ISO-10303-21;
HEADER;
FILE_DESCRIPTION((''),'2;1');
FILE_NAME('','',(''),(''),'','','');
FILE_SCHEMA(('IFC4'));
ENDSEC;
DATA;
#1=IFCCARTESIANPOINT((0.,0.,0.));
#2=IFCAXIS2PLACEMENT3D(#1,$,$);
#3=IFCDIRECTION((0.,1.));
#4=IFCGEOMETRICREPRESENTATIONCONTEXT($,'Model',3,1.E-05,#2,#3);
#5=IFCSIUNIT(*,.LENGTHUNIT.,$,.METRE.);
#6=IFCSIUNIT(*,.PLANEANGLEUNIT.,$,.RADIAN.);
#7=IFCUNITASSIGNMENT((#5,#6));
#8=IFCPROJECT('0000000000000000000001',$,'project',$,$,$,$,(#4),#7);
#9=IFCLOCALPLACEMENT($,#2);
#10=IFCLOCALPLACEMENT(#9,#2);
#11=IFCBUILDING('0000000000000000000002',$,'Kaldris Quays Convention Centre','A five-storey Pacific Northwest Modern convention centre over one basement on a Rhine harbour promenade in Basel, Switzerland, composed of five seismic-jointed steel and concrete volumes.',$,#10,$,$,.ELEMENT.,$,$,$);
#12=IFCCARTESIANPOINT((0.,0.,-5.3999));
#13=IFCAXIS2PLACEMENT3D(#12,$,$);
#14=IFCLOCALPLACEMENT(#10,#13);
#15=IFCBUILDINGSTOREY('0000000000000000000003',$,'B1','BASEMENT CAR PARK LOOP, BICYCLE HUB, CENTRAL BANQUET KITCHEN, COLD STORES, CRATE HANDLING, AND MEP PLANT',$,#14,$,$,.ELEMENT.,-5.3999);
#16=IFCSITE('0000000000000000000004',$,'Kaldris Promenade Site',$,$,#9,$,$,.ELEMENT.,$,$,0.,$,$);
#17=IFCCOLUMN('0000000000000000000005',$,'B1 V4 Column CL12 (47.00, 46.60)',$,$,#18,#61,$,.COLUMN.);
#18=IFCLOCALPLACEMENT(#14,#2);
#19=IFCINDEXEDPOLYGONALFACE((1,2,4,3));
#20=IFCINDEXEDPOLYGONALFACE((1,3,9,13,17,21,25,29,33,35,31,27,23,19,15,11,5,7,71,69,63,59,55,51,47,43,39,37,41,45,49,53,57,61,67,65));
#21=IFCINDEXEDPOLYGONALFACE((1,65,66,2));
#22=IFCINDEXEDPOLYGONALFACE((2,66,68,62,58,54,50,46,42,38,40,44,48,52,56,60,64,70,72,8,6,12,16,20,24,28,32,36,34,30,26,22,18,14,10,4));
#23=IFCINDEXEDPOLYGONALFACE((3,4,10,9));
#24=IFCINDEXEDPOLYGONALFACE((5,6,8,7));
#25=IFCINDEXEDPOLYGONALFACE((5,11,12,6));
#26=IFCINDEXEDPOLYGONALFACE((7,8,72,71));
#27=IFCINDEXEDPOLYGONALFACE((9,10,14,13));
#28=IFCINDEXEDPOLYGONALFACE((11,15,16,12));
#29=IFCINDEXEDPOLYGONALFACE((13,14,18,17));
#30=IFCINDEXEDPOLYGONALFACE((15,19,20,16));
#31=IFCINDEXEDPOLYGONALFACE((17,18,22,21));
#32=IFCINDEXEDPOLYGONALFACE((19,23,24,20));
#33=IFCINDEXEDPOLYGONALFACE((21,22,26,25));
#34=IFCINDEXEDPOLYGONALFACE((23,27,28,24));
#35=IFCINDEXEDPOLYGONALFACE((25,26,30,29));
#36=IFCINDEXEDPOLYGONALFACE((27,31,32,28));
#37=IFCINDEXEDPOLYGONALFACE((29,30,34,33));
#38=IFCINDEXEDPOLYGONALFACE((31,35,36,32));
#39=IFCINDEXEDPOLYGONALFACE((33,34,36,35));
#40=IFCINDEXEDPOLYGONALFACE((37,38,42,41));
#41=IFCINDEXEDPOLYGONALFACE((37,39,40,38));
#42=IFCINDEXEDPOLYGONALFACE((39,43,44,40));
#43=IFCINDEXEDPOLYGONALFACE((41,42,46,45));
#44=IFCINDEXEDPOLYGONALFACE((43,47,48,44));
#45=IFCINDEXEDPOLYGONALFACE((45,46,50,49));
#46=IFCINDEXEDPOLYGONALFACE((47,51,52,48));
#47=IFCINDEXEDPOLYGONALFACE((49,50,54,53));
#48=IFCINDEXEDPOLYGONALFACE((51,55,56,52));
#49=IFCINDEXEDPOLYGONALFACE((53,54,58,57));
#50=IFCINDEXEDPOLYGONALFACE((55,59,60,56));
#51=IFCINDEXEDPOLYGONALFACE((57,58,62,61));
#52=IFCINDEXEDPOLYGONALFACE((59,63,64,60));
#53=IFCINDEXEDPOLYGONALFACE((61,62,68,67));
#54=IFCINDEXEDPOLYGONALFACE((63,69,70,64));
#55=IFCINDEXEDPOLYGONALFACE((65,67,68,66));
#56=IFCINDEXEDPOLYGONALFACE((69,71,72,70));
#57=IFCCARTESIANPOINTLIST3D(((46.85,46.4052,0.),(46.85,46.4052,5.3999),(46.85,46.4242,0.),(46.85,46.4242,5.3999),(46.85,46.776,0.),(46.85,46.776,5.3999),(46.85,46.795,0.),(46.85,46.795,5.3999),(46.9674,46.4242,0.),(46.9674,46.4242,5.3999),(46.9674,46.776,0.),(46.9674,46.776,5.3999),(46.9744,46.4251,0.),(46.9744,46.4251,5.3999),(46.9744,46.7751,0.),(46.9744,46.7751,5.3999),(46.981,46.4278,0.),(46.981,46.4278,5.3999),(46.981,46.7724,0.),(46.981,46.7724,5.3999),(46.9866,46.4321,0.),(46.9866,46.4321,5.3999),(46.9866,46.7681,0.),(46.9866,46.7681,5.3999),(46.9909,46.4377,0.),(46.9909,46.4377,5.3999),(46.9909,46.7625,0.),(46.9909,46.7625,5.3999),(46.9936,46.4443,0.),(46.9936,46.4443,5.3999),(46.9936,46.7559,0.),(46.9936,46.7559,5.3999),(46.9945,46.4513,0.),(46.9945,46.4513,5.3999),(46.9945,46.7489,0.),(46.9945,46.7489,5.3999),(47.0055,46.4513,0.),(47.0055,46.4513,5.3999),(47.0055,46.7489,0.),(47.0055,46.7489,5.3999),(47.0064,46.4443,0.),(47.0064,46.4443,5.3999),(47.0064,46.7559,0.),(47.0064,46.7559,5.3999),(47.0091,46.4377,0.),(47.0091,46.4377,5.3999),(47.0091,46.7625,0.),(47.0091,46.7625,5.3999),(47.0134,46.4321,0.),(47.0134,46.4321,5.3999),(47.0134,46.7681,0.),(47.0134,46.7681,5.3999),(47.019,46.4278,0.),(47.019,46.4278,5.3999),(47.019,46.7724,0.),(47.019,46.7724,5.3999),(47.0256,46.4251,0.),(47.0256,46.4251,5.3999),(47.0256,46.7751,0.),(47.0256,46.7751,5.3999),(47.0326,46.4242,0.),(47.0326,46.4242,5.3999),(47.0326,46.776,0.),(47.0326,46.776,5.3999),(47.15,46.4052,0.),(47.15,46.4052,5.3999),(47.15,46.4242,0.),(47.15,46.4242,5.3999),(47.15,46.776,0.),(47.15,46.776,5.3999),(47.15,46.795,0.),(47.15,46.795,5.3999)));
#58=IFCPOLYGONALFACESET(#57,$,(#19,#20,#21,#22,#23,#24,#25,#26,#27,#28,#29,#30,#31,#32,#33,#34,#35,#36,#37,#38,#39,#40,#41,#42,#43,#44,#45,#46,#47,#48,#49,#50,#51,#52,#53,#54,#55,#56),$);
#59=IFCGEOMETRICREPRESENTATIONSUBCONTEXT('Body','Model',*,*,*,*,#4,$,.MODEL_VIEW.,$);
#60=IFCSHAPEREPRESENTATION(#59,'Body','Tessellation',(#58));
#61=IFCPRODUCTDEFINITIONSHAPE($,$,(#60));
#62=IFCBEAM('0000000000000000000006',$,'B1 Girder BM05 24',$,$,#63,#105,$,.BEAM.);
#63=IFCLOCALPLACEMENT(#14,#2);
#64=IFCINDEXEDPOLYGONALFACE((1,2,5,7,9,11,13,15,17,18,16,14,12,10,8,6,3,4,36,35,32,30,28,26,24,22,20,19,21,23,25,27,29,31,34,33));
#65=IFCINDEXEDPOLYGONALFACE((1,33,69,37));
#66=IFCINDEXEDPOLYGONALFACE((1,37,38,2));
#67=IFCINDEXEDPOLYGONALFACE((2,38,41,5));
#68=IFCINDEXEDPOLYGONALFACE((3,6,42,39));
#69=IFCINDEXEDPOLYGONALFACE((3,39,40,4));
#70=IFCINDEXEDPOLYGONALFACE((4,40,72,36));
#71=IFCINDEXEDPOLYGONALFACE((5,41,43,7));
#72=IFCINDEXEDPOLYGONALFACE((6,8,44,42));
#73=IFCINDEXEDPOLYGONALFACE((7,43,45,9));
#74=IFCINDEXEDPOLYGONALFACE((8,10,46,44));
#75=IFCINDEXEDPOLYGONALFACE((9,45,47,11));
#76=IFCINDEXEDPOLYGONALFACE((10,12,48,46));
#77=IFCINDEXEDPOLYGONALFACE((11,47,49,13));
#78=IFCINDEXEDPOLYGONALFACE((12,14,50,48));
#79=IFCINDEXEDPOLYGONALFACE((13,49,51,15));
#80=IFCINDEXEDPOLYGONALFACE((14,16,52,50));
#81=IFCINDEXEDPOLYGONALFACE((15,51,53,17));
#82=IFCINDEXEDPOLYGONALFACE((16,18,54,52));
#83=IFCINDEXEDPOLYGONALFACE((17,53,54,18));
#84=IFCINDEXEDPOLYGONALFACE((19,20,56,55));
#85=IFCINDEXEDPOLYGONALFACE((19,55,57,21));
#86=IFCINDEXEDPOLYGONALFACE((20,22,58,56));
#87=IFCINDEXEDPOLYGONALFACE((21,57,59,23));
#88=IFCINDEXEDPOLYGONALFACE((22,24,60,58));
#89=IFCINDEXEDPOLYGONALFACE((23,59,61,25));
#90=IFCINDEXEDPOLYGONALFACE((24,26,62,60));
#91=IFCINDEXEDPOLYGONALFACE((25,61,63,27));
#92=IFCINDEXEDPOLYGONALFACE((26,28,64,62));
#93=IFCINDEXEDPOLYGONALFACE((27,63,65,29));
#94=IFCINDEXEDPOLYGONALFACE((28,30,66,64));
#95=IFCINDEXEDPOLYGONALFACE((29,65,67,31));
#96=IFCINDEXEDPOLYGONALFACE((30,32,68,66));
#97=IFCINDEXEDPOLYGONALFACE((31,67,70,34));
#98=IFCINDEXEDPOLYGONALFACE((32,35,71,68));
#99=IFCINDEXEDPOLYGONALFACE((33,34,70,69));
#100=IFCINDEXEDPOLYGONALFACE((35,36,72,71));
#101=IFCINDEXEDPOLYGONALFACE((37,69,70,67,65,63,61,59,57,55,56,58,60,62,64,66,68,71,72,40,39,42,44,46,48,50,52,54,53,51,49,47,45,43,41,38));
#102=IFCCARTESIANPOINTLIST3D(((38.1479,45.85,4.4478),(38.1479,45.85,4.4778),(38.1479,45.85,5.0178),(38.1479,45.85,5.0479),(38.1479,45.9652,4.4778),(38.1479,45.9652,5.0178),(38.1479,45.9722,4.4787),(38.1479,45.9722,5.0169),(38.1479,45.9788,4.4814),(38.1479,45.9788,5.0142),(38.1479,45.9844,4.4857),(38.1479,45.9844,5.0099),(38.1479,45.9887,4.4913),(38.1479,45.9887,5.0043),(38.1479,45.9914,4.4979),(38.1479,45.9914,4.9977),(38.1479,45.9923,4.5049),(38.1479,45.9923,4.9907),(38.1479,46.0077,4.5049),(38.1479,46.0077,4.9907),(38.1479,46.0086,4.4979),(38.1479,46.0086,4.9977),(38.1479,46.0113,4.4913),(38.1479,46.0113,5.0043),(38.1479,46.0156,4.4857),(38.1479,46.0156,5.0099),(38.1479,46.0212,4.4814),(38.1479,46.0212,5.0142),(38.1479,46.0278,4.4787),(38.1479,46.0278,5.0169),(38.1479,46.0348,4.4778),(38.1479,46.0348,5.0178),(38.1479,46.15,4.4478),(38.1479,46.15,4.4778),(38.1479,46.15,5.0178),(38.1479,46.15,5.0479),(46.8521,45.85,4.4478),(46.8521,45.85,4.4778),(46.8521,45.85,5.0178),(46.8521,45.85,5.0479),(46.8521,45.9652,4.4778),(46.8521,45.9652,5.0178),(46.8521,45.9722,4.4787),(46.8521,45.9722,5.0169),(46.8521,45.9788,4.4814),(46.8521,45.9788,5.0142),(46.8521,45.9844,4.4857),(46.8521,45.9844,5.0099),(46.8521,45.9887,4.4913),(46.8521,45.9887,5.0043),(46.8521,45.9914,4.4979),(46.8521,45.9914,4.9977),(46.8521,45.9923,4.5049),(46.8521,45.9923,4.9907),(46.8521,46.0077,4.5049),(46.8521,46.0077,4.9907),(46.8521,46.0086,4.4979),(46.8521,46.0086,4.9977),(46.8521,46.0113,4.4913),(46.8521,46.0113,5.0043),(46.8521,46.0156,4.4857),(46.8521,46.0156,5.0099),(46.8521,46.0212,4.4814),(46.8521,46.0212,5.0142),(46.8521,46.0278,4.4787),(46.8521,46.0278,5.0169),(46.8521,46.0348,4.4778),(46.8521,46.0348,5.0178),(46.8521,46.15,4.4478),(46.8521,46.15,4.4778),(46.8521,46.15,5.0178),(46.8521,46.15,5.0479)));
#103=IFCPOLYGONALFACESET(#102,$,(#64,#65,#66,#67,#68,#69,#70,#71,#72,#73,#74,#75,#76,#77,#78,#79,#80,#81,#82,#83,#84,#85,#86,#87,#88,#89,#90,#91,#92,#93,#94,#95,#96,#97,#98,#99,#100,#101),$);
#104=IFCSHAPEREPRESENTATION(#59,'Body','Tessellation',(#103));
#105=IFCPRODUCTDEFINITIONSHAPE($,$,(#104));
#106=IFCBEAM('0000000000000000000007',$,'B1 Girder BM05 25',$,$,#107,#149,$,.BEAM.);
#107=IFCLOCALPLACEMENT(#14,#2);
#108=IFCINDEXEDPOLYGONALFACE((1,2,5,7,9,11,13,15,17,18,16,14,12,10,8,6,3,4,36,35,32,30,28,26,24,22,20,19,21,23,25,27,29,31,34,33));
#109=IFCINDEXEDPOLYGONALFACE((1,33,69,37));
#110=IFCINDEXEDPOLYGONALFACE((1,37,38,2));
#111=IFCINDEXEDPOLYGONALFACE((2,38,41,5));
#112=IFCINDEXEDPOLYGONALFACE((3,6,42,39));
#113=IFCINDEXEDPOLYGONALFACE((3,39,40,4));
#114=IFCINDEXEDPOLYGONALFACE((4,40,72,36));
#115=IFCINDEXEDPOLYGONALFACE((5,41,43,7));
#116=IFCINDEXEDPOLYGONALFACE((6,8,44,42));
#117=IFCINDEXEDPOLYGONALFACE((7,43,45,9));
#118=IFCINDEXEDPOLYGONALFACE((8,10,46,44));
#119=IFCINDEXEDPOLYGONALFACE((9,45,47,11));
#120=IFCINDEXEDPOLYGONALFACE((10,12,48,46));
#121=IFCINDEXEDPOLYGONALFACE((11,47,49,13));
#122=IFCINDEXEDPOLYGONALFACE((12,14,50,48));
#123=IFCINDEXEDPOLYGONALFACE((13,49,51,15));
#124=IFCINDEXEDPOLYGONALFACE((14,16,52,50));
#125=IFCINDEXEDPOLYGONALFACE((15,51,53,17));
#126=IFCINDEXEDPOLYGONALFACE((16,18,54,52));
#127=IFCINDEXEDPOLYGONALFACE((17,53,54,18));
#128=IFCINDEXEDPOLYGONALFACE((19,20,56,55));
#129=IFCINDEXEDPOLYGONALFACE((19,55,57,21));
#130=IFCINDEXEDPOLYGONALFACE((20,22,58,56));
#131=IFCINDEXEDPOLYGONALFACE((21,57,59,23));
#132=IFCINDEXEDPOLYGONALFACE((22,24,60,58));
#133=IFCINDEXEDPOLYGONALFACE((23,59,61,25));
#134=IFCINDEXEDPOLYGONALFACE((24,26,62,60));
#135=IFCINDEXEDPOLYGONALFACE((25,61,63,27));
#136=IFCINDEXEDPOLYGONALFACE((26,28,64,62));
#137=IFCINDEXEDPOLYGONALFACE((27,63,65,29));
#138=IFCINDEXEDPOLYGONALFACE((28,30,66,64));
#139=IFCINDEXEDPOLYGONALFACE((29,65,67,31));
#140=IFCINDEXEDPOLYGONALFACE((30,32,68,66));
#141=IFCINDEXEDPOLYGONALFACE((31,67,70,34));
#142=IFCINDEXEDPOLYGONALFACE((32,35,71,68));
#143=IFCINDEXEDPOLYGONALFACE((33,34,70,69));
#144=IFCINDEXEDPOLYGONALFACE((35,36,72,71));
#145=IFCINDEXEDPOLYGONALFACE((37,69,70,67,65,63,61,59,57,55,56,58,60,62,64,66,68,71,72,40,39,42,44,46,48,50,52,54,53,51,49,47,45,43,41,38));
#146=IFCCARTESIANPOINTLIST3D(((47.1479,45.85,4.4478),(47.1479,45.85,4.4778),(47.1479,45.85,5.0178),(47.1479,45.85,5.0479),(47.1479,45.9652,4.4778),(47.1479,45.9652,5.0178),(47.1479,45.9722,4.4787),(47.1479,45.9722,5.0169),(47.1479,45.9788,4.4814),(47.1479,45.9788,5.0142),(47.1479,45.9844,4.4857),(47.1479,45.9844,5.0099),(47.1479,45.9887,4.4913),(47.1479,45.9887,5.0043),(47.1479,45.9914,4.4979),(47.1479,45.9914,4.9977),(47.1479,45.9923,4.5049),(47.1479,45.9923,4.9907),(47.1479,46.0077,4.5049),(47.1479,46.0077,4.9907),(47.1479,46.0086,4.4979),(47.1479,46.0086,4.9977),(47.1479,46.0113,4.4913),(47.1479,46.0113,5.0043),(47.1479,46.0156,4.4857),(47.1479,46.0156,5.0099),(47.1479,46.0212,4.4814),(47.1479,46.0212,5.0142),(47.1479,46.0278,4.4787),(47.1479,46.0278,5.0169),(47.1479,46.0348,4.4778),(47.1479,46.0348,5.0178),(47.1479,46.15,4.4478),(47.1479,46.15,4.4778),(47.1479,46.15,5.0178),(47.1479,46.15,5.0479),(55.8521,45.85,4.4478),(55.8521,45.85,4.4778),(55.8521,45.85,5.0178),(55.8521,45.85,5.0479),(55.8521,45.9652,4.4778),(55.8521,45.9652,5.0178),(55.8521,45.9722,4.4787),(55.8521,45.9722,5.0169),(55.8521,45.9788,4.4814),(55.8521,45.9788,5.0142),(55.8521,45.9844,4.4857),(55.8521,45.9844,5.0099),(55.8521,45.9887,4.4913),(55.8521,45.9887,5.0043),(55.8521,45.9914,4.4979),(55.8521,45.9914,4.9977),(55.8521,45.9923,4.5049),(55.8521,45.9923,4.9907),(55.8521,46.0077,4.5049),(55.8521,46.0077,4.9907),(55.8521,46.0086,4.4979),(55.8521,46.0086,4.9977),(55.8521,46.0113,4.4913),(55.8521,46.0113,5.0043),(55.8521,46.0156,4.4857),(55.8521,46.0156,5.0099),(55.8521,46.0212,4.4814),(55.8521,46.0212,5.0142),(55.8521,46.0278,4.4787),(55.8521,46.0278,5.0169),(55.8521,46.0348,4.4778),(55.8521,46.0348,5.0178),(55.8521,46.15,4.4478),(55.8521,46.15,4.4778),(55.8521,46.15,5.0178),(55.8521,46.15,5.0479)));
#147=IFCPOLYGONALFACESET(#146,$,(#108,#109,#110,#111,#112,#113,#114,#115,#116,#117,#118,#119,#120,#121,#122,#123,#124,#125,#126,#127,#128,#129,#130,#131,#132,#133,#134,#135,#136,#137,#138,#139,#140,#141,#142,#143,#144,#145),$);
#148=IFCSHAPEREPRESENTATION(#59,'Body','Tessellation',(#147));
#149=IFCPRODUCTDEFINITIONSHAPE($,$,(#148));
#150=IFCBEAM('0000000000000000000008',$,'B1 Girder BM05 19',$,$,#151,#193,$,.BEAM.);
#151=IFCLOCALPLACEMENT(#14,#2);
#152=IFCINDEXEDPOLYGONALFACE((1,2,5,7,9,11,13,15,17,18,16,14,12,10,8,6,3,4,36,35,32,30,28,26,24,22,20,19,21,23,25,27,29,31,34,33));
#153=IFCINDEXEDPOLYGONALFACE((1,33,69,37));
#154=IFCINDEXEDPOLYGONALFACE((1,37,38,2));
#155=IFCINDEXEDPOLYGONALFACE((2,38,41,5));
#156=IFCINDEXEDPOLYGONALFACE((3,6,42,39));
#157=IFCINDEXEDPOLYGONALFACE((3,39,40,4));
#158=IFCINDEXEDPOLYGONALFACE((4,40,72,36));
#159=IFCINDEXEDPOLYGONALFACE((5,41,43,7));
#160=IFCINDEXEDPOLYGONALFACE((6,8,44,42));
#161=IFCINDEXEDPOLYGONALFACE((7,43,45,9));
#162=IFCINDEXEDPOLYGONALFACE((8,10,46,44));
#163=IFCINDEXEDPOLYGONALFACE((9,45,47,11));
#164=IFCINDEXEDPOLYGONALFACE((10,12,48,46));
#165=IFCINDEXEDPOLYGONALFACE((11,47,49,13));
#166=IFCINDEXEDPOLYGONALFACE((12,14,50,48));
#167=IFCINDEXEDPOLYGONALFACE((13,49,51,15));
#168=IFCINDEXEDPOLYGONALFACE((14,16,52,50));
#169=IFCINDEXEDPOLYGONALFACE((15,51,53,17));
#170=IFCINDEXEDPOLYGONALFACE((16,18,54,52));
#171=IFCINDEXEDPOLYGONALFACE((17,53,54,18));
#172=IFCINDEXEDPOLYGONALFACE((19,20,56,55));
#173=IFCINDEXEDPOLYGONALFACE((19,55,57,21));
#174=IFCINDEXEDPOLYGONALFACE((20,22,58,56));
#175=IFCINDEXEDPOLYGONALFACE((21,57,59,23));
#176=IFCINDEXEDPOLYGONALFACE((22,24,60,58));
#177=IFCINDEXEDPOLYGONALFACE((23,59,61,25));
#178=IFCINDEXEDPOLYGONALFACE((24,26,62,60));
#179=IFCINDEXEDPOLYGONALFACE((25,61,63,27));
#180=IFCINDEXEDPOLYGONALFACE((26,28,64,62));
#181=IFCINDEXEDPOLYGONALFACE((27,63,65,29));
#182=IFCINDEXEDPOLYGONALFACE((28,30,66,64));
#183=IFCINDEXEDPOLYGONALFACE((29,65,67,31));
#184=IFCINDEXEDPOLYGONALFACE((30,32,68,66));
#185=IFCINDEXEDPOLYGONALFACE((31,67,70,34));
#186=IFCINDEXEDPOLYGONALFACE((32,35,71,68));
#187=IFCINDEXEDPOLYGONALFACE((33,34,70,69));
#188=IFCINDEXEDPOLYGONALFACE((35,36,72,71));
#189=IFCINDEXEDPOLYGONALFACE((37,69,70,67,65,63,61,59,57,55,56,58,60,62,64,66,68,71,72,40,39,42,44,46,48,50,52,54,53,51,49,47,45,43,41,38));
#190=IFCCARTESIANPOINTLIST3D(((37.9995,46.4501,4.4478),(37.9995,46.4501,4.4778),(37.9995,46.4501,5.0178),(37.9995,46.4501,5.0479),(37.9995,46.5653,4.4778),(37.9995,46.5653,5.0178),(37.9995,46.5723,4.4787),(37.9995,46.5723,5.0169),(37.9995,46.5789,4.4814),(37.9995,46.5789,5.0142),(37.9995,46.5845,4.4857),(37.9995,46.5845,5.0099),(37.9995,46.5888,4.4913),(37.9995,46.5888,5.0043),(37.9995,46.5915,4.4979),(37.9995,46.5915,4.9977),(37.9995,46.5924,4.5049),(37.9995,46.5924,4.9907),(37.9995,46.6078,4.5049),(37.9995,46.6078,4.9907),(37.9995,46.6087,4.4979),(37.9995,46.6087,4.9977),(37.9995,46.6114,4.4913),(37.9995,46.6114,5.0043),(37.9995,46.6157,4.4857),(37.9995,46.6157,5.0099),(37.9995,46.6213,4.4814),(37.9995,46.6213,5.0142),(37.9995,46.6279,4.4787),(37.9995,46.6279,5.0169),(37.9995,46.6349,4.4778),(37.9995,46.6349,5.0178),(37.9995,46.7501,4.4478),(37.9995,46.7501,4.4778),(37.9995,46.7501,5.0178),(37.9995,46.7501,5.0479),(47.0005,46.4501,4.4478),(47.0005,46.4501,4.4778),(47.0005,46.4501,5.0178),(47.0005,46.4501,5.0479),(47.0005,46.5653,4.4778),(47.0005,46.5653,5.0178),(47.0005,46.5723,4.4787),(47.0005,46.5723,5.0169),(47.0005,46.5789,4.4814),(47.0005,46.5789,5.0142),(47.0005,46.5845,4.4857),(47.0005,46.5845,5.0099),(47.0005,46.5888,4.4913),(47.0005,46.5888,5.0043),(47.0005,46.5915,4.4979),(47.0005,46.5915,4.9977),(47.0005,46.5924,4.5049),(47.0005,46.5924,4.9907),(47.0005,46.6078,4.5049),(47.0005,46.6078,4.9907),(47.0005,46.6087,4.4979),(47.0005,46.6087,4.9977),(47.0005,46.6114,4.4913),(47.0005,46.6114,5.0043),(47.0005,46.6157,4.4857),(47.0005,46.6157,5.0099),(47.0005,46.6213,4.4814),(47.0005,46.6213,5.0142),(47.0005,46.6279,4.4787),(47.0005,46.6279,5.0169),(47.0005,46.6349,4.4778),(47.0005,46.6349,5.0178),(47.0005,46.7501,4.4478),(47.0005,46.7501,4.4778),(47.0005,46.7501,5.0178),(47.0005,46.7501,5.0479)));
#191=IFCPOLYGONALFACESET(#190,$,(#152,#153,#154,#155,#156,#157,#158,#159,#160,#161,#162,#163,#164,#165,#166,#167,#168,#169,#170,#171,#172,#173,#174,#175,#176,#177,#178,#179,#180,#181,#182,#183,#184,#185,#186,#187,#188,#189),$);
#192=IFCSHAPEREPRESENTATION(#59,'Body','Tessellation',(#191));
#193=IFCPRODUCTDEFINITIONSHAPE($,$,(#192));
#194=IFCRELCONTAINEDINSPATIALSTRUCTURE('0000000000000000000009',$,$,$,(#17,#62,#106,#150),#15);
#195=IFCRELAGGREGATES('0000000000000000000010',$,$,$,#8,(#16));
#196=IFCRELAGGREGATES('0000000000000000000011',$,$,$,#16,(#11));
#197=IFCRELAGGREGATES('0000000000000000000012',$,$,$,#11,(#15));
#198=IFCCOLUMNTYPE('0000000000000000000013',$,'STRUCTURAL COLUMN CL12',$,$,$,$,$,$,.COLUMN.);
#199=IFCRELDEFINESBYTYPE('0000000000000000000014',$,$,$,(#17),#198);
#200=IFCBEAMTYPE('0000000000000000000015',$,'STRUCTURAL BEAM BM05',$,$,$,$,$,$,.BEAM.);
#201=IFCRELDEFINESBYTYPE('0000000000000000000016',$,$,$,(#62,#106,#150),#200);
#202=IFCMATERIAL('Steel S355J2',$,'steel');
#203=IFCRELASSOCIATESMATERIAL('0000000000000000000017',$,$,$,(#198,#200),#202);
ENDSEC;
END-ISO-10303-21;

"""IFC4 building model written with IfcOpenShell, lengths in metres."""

from ifc_helpers import new_model, si_unit, direction, frame, origin, origin_2d, place, context, subcontext, project, spatial, i_section, extrude, material, material_profile, profile_set, type_object, element, save


model = new_model("IFC4")

# Units and contexts
model_context = context("Model", 3, precision=1e-05, world=origin(), true_north=direction((0.0, 1.0)))
body_context = subcontext(model_context, "Body", "Model", "MODEL_VIEW")
ifc_project = project(units=[si_unit("LENGTHUNIT", "METRE"), si_unit("PLANEANGLEUNIT", "RADIAN")], contexts=[model_context])

# Site, building, storey
site_placement = place(None, origin())
site = spatial("IfcSite", under=ifc_project, at=site_placement, Name="Kaldris Promenade Site", CompositionType="ELEMENT", RefElevation=0.0)
building_placement = place(site_placement, origin())
building = spatial("IfcBuilding", under=site, at=building_placement, Name="Kaldris Quays Convention Centre", Description="A five-storey Pacific Northwest Modern convention centre over one basement on a Rhine harbour promenade in Basel, Switzerland, composed of five seismic-jointed steel and concrete volumes.", CompositionType="ELEMENT")
storey_placement = place(building_placement, frame((0.0, 0.0, -5.3999)))
storey = spatial("IfcBuildingStorey", under=building, at=storey_placement, Name="B1", Description="BASEMENT CAR PARK LOOP, BICYCLE HUB, CENTRAL BANQUET KITCHEN, COLD STORES, CRATE HANDLING, AND MEP PLANT", CompositionType="ELEMENT", Elevation=-5.3999)

# Column
ifc_material_1 = material(Name="Steel S355J2", Category="steel")
ifc_material_profile_1 = material_profile(ifc_material_1, i_section(OverallWidth=0.3, OverallDepth=0.3899, WebThickness=0.011, FlangeThickness=0.019, FilletRadius=0.0271, at=origin_2d()), Name="HEA 400")
ifc_profile_set_1 = profile_set([ifc_material_profile_1], Name="Steel S355J2")
column_type_1 = type_object("IfcColumnType", Name="STRUCTURAL COLUMN CL12", PredefinedType="COLUMN", material=ifc_profile_set_1)
for number, where, z_axis, x_axis, name in (
    (1, (47.0, 46.6001, 0.0), (0.0, 0.0, 1.0), (1.0, 0.0, 0.0), "B1 V4 Column CL12 (47.00, 46.60)"),
):
    element("IfcColumn", number, at=place(storey_placement, frame(where, z_axis=z_axis, x_axis=x_axis)), inside=storey, type_object=column_type_1, Name=name, PredefinedType="COLUMN", context=body_context, shape_type="SweptSolid", body=[
        extrude(i_section(OverallWidth=0.3, OverallDepth=0.3899, WebThickness=0.011, FlangeThickness=0.019, FilletRadius=0.0271, at=origin_2d()), origin(), (0.0, 0.0, 1.0), 5.3999),
    ])

# Beams
ifc_material_profile_2 = material_profile(ifc_material_1, i_section(OverallWidth=0.3, OverallDepth=0.6001, WebThickness=0.0154, FlangeThickness=0.03, FilletRadius=0.0271, at=origin_2d()), Name="HEB 600")
ifc_profile_set_2 = profile_set([ifc_material_profile_2], Name="Steel S355J2")
beam_type_1 = type_object("IfcBeamType", Name="STRUCTURAL BEAM BM05", PredefinedType="BEAM", material=ifc_profile_set_2)
for number, where, z_axis, x_axis, name in (
    (2, (38.1479, 46.0, 4.7478), (1.0, 0.0, 0.0), (0.0, 1.0, 0.0), "B1 Girder BM05 24"),
    (3, (47.1479, 46.0, 4.7478), (1.0, 0.0, 0.0), (0.0, 1.0, 0.0), "B1 Girder BM05 25"),
):
    element("IfcBeam", number, at=place(storey_placement, frame(where, z_axis=z_axis, x_axis=x_axis)), inside=storey, type_object=beam_type_1, Name=name, PredefinedType="BEAM", context=body_context, shape_type="SweptSolid", body=[
        extrude(i_section(OverallWidth=0.3, OverallDepth=0.6001, WebThickness=0.0154, FlangeThickness=0.03, FilletRadius=0.0271, at=origin_2d()), origin(), (0.0, 0.0, 1.0), 8.7041),
    ])
for number, where, z_axis, x_axis, name in (
    (4, (37.9995, 46.6001, 4.7478), (1.0, 0.0, 0.0), (0.0, 1.0, 0.0), "B1 Girder BM05 19"),
):
    element("IfcBeam", number, at=place(storey_placement, frame(where, z_axis=z_axis, x_axis=x_axis)), inside=storey, type_object=beam_type_1, Name=name, PredefinedType="BEAM", context=body_context, shape_type="SweptSolid", body=[
        extrude(i_section(OverallWidth=0.3, OverallDepth=0.6001, WebThickness=0.0154, FlangeThickness=0.03, FilletRadius=0.0271, at=origin_2d()), origin(), (0.0, 0.0, 1.0), 9.001),
    ])

save(model, "model.ifc")
